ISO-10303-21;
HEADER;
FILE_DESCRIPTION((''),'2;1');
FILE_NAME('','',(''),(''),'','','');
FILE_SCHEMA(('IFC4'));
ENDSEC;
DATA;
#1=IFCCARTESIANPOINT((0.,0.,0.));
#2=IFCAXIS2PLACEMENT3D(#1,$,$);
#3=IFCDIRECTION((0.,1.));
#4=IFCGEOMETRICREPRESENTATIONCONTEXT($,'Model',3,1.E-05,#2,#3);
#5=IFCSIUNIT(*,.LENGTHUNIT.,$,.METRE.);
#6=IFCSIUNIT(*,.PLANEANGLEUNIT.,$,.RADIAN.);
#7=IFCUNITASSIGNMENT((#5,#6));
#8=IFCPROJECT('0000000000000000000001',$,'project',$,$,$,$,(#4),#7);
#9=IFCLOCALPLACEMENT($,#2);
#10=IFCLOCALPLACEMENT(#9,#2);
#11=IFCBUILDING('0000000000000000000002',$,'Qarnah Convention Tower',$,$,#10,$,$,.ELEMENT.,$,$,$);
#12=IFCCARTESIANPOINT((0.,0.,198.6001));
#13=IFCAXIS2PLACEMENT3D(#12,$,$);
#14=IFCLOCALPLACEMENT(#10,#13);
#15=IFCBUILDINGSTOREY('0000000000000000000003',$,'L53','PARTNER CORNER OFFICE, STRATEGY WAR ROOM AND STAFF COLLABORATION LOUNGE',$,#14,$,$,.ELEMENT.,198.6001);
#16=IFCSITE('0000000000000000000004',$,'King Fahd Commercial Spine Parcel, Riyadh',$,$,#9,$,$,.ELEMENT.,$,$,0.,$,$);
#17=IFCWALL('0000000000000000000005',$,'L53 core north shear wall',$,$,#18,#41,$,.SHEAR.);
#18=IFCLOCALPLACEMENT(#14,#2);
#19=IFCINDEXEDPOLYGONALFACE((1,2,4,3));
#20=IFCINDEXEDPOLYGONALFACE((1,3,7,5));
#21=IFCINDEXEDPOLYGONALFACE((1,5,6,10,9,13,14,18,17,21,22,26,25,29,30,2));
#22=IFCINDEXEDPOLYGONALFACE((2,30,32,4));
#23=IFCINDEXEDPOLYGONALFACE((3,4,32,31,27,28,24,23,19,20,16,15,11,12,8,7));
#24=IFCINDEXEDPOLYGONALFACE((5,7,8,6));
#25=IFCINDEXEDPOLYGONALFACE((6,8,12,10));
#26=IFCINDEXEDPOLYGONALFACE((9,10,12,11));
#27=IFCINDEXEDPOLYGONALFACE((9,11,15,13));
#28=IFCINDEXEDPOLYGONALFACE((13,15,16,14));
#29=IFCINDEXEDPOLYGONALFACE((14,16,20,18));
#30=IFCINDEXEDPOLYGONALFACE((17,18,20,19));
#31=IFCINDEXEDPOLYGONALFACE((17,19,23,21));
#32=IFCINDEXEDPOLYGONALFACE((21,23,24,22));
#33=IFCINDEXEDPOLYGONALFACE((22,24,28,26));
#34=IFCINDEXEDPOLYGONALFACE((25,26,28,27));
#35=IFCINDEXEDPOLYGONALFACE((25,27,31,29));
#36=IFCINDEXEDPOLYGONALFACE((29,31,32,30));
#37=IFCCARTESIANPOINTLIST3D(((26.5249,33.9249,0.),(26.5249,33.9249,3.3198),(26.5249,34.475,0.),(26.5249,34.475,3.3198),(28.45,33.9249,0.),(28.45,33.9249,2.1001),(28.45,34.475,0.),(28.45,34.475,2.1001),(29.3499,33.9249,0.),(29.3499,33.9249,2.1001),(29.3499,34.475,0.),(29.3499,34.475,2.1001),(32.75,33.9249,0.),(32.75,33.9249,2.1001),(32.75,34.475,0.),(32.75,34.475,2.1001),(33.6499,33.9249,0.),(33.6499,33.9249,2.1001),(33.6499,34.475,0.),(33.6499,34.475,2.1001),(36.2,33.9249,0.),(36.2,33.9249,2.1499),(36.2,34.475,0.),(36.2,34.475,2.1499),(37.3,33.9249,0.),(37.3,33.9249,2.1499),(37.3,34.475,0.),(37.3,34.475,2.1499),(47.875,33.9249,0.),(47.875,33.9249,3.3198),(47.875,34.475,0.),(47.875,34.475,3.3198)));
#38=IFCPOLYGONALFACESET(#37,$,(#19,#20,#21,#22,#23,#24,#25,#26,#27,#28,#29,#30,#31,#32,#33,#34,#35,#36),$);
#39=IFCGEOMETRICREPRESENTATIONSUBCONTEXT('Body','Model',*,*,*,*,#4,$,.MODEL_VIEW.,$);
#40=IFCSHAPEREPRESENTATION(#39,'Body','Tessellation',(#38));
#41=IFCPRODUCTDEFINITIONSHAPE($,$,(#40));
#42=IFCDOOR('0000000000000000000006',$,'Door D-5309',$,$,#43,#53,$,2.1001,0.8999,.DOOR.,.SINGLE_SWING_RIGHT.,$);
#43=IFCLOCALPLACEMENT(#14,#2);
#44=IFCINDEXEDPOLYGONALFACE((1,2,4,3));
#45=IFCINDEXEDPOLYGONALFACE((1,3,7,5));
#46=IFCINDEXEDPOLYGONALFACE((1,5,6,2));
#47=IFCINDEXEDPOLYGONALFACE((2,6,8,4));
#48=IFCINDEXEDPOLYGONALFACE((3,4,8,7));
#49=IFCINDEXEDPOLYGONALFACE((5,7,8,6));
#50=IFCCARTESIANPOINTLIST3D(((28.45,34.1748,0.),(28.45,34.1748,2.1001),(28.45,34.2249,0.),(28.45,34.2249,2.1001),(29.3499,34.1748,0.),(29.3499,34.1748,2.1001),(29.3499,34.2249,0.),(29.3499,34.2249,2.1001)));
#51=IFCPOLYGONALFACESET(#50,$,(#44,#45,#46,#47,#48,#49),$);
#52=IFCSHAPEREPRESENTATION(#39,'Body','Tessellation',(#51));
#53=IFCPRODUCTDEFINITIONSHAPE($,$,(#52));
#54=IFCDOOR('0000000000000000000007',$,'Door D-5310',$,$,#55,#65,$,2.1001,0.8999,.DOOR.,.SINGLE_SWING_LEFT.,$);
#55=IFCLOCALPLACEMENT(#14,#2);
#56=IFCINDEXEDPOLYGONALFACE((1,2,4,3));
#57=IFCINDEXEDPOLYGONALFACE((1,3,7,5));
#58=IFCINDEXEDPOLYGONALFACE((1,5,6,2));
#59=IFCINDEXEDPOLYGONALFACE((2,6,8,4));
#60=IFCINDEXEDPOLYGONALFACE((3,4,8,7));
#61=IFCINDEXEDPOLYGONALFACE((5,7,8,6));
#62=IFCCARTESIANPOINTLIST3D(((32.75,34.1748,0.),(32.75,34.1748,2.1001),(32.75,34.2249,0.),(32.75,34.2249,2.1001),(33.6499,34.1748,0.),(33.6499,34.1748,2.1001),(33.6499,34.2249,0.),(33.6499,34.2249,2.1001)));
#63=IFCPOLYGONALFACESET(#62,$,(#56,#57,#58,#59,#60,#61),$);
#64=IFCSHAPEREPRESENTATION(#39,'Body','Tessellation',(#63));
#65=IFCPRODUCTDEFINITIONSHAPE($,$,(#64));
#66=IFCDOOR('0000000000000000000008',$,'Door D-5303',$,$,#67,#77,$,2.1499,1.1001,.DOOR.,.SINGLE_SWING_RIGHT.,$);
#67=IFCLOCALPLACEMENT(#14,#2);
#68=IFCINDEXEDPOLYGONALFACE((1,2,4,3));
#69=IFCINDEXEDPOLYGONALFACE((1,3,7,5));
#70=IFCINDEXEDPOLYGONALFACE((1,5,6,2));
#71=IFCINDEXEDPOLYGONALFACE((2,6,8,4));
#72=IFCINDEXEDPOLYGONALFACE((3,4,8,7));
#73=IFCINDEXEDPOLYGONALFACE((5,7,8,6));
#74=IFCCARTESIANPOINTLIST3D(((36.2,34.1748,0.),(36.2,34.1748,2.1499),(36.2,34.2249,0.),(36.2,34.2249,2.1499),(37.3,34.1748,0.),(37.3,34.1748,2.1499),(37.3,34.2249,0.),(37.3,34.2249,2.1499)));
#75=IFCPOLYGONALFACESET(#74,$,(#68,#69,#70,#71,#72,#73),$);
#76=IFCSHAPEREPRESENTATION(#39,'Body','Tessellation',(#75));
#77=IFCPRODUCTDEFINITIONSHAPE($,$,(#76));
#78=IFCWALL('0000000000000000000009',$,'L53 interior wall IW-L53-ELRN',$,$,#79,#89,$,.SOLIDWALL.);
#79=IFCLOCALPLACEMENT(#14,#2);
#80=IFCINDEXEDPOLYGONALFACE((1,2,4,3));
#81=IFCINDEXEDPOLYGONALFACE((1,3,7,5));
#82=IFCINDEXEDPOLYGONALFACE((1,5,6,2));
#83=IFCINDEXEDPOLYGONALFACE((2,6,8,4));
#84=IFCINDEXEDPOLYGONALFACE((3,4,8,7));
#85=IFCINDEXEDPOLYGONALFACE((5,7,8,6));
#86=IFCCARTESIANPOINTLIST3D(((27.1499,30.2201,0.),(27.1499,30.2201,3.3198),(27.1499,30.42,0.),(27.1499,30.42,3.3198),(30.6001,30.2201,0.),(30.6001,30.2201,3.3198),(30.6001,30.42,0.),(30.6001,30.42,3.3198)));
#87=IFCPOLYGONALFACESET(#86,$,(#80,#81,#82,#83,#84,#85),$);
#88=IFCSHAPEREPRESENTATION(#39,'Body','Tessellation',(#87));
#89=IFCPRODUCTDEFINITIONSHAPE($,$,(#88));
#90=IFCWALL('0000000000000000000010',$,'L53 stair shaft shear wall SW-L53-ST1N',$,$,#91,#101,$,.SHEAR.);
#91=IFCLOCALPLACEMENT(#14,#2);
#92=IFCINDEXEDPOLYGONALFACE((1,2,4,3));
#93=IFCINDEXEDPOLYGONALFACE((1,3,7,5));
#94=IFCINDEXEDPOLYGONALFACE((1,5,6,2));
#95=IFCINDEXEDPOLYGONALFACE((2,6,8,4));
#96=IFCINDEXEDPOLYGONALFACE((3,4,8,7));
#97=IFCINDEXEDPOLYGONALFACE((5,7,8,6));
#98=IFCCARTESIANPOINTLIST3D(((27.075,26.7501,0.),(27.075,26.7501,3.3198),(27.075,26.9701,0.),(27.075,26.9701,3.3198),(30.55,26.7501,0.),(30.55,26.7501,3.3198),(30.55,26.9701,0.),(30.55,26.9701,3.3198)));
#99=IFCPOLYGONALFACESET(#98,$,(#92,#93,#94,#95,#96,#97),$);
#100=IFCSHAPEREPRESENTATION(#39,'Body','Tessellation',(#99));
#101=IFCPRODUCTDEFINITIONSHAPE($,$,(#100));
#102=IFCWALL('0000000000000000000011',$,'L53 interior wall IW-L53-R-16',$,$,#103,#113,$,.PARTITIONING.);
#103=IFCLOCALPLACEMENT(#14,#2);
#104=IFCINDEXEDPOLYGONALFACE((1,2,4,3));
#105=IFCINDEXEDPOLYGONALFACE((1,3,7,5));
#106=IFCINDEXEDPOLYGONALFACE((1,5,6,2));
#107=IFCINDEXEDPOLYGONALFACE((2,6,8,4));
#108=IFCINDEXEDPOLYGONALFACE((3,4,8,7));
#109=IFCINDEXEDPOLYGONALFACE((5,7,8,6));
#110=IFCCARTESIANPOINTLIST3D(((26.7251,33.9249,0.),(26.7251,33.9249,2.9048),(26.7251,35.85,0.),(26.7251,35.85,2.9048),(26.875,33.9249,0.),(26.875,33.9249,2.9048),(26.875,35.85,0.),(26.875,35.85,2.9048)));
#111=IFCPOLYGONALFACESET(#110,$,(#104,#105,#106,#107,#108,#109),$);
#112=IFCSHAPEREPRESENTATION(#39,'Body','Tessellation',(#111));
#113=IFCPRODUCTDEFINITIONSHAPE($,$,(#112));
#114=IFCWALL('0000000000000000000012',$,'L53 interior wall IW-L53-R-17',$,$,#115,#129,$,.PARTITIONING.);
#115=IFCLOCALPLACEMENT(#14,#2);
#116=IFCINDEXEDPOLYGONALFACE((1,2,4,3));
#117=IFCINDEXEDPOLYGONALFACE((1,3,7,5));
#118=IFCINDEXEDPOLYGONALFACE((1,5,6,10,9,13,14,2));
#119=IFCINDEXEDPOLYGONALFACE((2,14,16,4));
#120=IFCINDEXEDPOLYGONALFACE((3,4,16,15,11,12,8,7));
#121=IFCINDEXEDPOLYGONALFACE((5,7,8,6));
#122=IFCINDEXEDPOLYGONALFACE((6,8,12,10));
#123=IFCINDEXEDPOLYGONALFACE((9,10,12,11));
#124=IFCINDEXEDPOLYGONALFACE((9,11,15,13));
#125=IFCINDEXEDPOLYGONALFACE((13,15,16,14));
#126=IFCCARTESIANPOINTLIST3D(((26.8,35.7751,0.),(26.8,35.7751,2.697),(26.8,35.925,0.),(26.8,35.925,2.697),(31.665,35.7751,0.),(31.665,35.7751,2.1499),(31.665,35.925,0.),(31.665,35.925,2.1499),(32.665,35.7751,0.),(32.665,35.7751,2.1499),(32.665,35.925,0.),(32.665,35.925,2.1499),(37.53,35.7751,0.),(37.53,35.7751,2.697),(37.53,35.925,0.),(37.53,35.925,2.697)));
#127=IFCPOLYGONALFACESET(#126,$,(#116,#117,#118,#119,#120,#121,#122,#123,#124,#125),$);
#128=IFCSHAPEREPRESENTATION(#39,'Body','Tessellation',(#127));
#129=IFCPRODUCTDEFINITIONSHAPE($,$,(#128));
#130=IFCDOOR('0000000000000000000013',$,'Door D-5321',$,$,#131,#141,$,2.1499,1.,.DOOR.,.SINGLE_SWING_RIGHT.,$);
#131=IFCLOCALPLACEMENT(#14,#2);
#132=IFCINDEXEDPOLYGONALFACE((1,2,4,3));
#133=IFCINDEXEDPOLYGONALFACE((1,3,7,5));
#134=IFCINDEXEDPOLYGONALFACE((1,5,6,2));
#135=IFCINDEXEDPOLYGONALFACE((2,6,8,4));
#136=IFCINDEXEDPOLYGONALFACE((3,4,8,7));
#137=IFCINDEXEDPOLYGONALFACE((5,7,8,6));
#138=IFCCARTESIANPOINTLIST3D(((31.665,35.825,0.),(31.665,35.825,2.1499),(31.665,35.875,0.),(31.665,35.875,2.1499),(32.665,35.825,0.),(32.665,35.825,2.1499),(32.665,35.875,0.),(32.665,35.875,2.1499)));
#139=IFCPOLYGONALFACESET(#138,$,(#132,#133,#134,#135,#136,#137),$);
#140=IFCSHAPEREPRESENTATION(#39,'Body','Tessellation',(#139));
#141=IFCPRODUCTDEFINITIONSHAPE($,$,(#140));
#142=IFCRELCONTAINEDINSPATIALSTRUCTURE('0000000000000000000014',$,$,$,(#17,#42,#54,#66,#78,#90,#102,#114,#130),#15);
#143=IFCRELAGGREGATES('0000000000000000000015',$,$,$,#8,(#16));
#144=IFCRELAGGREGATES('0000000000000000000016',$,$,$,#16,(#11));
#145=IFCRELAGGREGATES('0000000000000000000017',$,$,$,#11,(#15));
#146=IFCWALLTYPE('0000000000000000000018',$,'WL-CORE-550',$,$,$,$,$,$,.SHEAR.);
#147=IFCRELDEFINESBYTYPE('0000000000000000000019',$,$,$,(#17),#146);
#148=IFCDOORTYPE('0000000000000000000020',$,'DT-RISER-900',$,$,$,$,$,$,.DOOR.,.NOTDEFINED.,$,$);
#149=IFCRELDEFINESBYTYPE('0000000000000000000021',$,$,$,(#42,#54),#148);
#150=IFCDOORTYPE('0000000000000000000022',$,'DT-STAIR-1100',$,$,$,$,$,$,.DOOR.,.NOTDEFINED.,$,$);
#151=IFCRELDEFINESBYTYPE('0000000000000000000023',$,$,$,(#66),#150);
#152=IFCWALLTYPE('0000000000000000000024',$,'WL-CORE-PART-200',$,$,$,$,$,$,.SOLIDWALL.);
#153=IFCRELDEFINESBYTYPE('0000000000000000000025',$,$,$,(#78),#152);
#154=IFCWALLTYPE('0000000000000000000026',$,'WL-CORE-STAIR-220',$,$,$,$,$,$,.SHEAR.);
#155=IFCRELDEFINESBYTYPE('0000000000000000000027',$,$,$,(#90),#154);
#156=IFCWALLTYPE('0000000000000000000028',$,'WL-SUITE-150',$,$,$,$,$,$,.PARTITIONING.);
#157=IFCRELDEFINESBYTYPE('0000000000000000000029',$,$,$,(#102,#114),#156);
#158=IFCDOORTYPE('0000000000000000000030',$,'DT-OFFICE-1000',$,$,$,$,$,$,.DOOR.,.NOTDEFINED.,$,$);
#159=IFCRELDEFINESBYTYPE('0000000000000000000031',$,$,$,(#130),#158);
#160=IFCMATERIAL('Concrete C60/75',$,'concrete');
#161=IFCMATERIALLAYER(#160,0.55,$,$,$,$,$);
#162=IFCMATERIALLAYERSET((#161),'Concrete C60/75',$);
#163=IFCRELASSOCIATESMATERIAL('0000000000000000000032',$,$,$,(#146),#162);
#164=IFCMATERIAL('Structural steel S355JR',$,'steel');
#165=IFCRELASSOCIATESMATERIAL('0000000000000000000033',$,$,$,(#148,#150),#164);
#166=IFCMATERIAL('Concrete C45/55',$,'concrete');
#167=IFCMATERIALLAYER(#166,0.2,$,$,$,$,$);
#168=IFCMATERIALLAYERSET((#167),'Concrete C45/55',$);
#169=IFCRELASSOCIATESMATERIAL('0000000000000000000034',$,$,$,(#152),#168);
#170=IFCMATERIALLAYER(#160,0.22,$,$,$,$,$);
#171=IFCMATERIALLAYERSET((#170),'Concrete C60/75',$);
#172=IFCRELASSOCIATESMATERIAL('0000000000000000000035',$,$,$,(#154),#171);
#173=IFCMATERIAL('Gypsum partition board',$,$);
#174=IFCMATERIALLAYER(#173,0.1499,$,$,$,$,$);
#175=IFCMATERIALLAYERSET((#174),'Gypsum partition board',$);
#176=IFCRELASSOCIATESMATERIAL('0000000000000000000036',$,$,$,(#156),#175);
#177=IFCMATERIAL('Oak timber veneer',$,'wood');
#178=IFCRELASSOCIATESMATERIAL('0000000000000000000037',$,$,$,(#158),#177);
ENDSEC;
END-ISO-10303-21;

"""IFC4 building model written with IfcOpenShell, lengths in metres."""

from ifc_helpers import new_model, si_unit, direction, frame, frame_2d, origin, place, context, subcontext, project, spatial, rectangle, extrude, material, layer, layer_set, type_object, element, fill, save


model = new_model("IFC4")

# Units and contexts
model_context = context("Model", 3, precision=1e-05, world=origin(), true_north=direction((0.0, 1.0)))
body_context = subcontext(model_context, "Body", "Model", "MODEL_VIEW")
ifc_project = project(units=[si_unit("LENGTHUNIT", "METRE"), si_unit("PLANEANGLEUNIT", "RADIAN")], contexts=[model_context])

# Site, building, storey
site_placement = place(None, origin())
site = spatial("IfcSite", under=ifc_project, at=site_placement, Name="King Fahd Commercial Spine Parcel, Riyadh", CompositionType="ELEMENT", RefElevation=0.0)
building_placement = place(site_placement, origin())
building = spatial("IfcBuilding", under=site, at=building_placement, Name="Qarnah Convention Tower", CompositionType="ELEMENT")
storey_placement = place(building_placement, frame((0.0, 0.0, 198.6001)))
storey = spatial("IfcBuildingStorey", under=building, at=storey_placement, Name="L53", Description="PARTNER CORNER OFFICE, STRATEGY WAR ROOM AND STAFF COLLABORATION LOUNGE", CompositionType="ELEMENT", Elevation=198.6001)

# Shared definitions
ifc_material_1 = material(Name="Structural steel S355JR", Category="steel")

# Wall, openings, doors
ifc_material_2 = material(Name="Concrete C60/75", Category="concrete")
ifc_layer_1 = layer(ifc_material_2, 0.55)
ifc_layer_set_1 = layer_set([ifc_layer_1], Name="Concrete C60/75")
wall_type_1 = type_object("IfcWallType", Name="WL-CORE-550", PredefinedType="SHEAR", material=ifc_layer_set_1)
wall_1_placement = place(storey_placement, frame((26.5249, 34.2, 0.0), z_axis=(0.0, 0.0, 1.0), x_axis=(1.0, 0.0, 0.0)))
wall_1 = element("IfcWall", 1, at=wall_1_placement, inside=storey, type_object=wall_type_1, Name="L53 core north shear wall", PredefinedType="SHEAR", context=body_context, shape_type="SweptSolid", body=[
    extrude(rectangle(XDim=21.3501, YDim=0.55, at=frame_2d((10.675, 0.0))), origin(), (0.0, 0.0, 1.0), 3.3198),
])
opening_1_placement = place(wall_1_placement, frame((9.675, 0.0, 0.0)))
opening_1 = element("IfcOpeningElement", 2, at=opening_1_placement, cuts=wall_1, PredefinedType="OPENING", context=body_context, shape_type="SweptSolid", body=[
    extrude(rectangle(XDim=1.1001, YDim=2.1499, at=frame_2d((0.55, 1.075))), frame((0.0, 0.2849, 0.0), z_axis=(0.0, -1.0, 0.0), x_axis=(1.0, 0.0, 0.0)), (0.0, 0.0, 1.0), 0.5701),
])
opening_2_placement = place(wall_1_placement, frame((1.925, 0.0, 0.0)))
opening_2 = element("IfcOpeningElement", 3, at=opening_2_placement, cuts=wall_1, PredefinedType="OPENING", context=body_context, shape_type="SweptSolid", body=[
    extrude(rectangle(XDim=0.8999, YDim=2.1001, at=frame_2d((0.45, 1.05))), frame((0.0, 0.2849, 0.0), z_axis=(0.0, -1.0, 0.0), x_axis=(1.0, 0.0, 0.0)), (0.0, 0.0, 1.0), 0.5701),
])
opening_3_placement = place(wall_1_placement, frame((6.2251, 0.0, 0.0)))
opening_3 = element("IfcOpeningElement", 4, at=opening_3_placement, cuts=wall_1, PredefinedType="OPENING", context=body_context, shape_type="SweptSolid", body=[
    extrude(rectangle(XDim=0.8999, YDim=2.1001, at=frame_2d((0.45, 1.05))), frame((0.0, 0.2849, 0.0), z_axis=(0.0, -1.0, 0.0), x_axis=(1.0, 0.0, 0.0)), (0.0, 0.0, 1.0), 0.5701),
])
door_type_1 = type_object("IfcDoorType", Name="DT-RISER-900", OperationType="NOTDEFINED", PredefinedType="DOOR", material=ifc_material_1)
door_1_placement = place(opening_2_placement, origin())
door_1 = element("IfcDoor", 5, at=door_1_placement, inside=storey, type_object=door_type_1, Name="Door D-5309", OperationType="SINGLE_SWING_RIGHT", OverallHeight=2.1001, OverallWidth=0.8999, PredefinedType="DOOR", context=body_context, shape_type="SweptSolid", body=[
    extrude(rectangle(XDim=0.8999, YDim=2.1001, at=frame_2d((0.45, 1.05))), frame((0.0, 0.0249, 0.0), z_axis=(0.0, -1.0, 0.0), x_axis=(1.0, 0.0, 0.0)), (0.0, 0.0, 1.0), 0.05),
])
fill(opening_2, door_1)
door_2_placement = place(opening_3_placement, origin())
door_2 = element("IfcDoor", 6, at=door_2_placement, inside=storey, type_object=door_type_1, Name="Door D-5310", OperationType="SINGLE_SWING_LEFT", OverallHeight=2.1001, OverallWidth=0.8999, PredefinedType="DOOR", context=body_context, shape_type="SweptSolid", body=[
    extrude(rectangle(XDim=0.8999, YDim=2.1001, at=frame_2d((0.45, 1.05))), frame((0.0, 0.0249, 0.0), z_axis=(0.0, -1.0, 0.0), x_axis=(1.0, 0.0, 0.0)), (0.0, 0.0, 1.0), 0.05),
])
fill(opening_3, door_2)
door_type_2 = type_object("IfcDoorType", Name="DT-STAIR-1100", OperationType="NOTDEFINED", PredefinedType="DOOR", material=ifc_material_1)
door_3_placement = place(opening_1_placement, origin())
door_3 = element("IfcDoor", 7, at=door_3_placement, inside=storey, type_object=door_type_2, Name="Door D-5303", OperationType="SINGLE_SWING_RIGHT", OverallHeight=2.1499, OverallWidth=1.1001, PredefinedType="DOOR", context=body_context, shape_type="SweptSolid", body=[
    extrude(rectangle(XDim=1.1001, YDim=2.1499, at=frame_2d((0.55, 1.075))), frame((0.0, 0.0249, 0.0), z_axis=(0.0, -1.0, 0.0), x_axis=(1.0, 0.0, 0.0)), (0.0, 0.0, 1.0), 0.05),
])
fill(opening_1, door_3)

# Walls
ifc_material_3 = material(Name="Concrete C45/55", Category="concrete")
ifc_layer_2 = layer(ifc_material_3, 0.2)
ifc_layer_set_2 = layer_set([ifc_layer_2], Name="Concrete C45/55")
wall_type_2 = type_object("IfcWallType", Name="WL-CORE-PART-200", PredefinedType="SOLIDWALL", material=ifc_layer_set_2)
wall_2_placement = place(storey_placement, frame((27.1499, 30.3201, 0.0), z_axis=(0.0, 0.0, 1.0), x_axis=(1.0, 0.0, 0.0)))
element("IfcWall", 8, at=wall_2_placement, inside=storey, type_object=wall_type_2, Name="L53 interior wall IW-L53-ELRN", PredefinedType="SOLIDWALL", context=body_context, shape_type="SweptSolid", body=[
    extrude(rectangle(XDim=3.4502, YDim=0.2, at=frame_2d((1.7251, 0.0))), origin(), (0.0, 0.0, 1.0), 3.3198),
])
ifc_layer_3 = layer(ifc_material_2, 0.22)
ifc_layer_set_3 = layer_set([ifc_layer_3], Name="Concrete C60/75")
wall_type_3 = type_object("IfcWallType", Name="WL-CORE-STAIR-220", PredefinedType="SHEAR", material=ifc_layer_set_3)
wall_3_placement = place(storey_placement, frame((27.075, 26.8601, 0.0), z_axis=(0.0, 0.0, 1.0), x_axis=(1.0, 0.0, 0.0)))
element("IfcWall", 9, at=wall_3_placement, inside=storey, type_object=wall_type_3, Name="L53 stair shaft shear wall SW-L53-ST1N", PredefinedType="SHEAR", context=body_context, shape_type="SweptSolid", body=[
    extrude(rectangle(XDim=3.4751, YDim=0.22, at=frame_2d((1.7375, 0.0))), origin(), (0.0, 0.0, 1.0), 3.3198),
])

# Shared definitions
ifc_material_4 = material(Name="Gypsum partition board")
ifc_layer_4 = layer(ifc_material_4, 0.1499)
ifc_layer_set_4 = layer_set([ifc_layer_4], Name="Gypsum partition board")
wall_type_4 = type_object("IfcWallType", Name="WL-SUITE-150", PredefinedType="PARTITIONING", material=ifc_layer_set_4)
ifc_material_5 = material(Name="Oak timber veneer", Category="wood")
door_type_3 = type_object("IfcDoorType", Name="DT-OFFICE-1000", OperationType="NOTDEFINED", PredefinedType="DOOR", material=ifc_material_5)

# Wall
wall_4_placement = place(storey_placement, frame((26.8, 33.925, 0.0), z_axis=(0.0, 0.0, 1.0), x_axis=(0.0, 1.0, 0.0)))
element("IfcWall", 10, at=wall_4_placement, inside=storey, type_object=wall_type_4, Name="L53 interior wall IW-L53-R-16", PredefinedType="PARTITIONING", context=body_context, shape_type="SweptSolid", body=[
    extrude(rectangle(XDim=1.925, YDim=0.1499, at=frame_2d((0.9624, 0.0))), origin(), (0.0, 0.0, 1.0), 2.9048),
])

# Wall, opening, door
wall_5_placement = place(storey_placement, frame((26.8, 35.8501, 0.0), z_axis=(0.0, 0.0, 1.0), x_axis=(1.0, 0.0, 0.0)))
wall_5 = element("IfcWall", 11, at=wall_5_placement, inside=storey, type_object=wall_type_4, Name="L53 interior wall IW-L53-R-17", PredefinedType="PARTITIONING", context=body_context, shape_type="SweptSolid", body=[
    extrude(rectangle(XDim=10.73, YDim=0.1499, at=frame_2d((5.365, 0.0))), origin(), (0.0, 0.0, 1.0), 2.697),
])
opening_4_placement = place(wall_5_placement, frame((4.865, 0.0, 0.0)))
opening_4 = element("IfcOpeningElement", 12, at=opening_4_placement, cuts=wall_5, PredefinedType="OPENING", context=body_context, shape_type="SweptSolid", body=[
    extrude(rectangle(XDim=1.0, YDim=2.1499, at=frame_2d((0.5, 1.075))), frame((0.0, 0.085, 0.0), z_axis=(0.0, -1.0, 0.0), x_axis=(1.0, 0.0, 0.0)), (0.0, 0.0, 1.0), 0.1699),
])
door_4_placement = place(opening_4_placement, origin())
door_4 = element("IfcDoor", 13, at=door_4_placement, inside=storey, type_object=door_type_3, Name="Door D-5321", OperationType="SINGLE_SWING_RIGHT", OverallHeight=2.1499, OverallWidth=1.0, PredefinedType="DOOR", context=body_context, shape_type="SweptSolid", body=[
    extrude(rectangle(XDim=1.0, YDim=2.1499, at=frame_2d((0.5, 1.075))), frame((0.0, 0.0249, 0.0), z_axis=(0.0, -1.0, 0.0), x_axis=(1.0, 0.0, 0.0)), (0.0, 0.0, 1.0), 0.05),
])
fill(opening_4, door_4)

save(model, "model.ifc")
